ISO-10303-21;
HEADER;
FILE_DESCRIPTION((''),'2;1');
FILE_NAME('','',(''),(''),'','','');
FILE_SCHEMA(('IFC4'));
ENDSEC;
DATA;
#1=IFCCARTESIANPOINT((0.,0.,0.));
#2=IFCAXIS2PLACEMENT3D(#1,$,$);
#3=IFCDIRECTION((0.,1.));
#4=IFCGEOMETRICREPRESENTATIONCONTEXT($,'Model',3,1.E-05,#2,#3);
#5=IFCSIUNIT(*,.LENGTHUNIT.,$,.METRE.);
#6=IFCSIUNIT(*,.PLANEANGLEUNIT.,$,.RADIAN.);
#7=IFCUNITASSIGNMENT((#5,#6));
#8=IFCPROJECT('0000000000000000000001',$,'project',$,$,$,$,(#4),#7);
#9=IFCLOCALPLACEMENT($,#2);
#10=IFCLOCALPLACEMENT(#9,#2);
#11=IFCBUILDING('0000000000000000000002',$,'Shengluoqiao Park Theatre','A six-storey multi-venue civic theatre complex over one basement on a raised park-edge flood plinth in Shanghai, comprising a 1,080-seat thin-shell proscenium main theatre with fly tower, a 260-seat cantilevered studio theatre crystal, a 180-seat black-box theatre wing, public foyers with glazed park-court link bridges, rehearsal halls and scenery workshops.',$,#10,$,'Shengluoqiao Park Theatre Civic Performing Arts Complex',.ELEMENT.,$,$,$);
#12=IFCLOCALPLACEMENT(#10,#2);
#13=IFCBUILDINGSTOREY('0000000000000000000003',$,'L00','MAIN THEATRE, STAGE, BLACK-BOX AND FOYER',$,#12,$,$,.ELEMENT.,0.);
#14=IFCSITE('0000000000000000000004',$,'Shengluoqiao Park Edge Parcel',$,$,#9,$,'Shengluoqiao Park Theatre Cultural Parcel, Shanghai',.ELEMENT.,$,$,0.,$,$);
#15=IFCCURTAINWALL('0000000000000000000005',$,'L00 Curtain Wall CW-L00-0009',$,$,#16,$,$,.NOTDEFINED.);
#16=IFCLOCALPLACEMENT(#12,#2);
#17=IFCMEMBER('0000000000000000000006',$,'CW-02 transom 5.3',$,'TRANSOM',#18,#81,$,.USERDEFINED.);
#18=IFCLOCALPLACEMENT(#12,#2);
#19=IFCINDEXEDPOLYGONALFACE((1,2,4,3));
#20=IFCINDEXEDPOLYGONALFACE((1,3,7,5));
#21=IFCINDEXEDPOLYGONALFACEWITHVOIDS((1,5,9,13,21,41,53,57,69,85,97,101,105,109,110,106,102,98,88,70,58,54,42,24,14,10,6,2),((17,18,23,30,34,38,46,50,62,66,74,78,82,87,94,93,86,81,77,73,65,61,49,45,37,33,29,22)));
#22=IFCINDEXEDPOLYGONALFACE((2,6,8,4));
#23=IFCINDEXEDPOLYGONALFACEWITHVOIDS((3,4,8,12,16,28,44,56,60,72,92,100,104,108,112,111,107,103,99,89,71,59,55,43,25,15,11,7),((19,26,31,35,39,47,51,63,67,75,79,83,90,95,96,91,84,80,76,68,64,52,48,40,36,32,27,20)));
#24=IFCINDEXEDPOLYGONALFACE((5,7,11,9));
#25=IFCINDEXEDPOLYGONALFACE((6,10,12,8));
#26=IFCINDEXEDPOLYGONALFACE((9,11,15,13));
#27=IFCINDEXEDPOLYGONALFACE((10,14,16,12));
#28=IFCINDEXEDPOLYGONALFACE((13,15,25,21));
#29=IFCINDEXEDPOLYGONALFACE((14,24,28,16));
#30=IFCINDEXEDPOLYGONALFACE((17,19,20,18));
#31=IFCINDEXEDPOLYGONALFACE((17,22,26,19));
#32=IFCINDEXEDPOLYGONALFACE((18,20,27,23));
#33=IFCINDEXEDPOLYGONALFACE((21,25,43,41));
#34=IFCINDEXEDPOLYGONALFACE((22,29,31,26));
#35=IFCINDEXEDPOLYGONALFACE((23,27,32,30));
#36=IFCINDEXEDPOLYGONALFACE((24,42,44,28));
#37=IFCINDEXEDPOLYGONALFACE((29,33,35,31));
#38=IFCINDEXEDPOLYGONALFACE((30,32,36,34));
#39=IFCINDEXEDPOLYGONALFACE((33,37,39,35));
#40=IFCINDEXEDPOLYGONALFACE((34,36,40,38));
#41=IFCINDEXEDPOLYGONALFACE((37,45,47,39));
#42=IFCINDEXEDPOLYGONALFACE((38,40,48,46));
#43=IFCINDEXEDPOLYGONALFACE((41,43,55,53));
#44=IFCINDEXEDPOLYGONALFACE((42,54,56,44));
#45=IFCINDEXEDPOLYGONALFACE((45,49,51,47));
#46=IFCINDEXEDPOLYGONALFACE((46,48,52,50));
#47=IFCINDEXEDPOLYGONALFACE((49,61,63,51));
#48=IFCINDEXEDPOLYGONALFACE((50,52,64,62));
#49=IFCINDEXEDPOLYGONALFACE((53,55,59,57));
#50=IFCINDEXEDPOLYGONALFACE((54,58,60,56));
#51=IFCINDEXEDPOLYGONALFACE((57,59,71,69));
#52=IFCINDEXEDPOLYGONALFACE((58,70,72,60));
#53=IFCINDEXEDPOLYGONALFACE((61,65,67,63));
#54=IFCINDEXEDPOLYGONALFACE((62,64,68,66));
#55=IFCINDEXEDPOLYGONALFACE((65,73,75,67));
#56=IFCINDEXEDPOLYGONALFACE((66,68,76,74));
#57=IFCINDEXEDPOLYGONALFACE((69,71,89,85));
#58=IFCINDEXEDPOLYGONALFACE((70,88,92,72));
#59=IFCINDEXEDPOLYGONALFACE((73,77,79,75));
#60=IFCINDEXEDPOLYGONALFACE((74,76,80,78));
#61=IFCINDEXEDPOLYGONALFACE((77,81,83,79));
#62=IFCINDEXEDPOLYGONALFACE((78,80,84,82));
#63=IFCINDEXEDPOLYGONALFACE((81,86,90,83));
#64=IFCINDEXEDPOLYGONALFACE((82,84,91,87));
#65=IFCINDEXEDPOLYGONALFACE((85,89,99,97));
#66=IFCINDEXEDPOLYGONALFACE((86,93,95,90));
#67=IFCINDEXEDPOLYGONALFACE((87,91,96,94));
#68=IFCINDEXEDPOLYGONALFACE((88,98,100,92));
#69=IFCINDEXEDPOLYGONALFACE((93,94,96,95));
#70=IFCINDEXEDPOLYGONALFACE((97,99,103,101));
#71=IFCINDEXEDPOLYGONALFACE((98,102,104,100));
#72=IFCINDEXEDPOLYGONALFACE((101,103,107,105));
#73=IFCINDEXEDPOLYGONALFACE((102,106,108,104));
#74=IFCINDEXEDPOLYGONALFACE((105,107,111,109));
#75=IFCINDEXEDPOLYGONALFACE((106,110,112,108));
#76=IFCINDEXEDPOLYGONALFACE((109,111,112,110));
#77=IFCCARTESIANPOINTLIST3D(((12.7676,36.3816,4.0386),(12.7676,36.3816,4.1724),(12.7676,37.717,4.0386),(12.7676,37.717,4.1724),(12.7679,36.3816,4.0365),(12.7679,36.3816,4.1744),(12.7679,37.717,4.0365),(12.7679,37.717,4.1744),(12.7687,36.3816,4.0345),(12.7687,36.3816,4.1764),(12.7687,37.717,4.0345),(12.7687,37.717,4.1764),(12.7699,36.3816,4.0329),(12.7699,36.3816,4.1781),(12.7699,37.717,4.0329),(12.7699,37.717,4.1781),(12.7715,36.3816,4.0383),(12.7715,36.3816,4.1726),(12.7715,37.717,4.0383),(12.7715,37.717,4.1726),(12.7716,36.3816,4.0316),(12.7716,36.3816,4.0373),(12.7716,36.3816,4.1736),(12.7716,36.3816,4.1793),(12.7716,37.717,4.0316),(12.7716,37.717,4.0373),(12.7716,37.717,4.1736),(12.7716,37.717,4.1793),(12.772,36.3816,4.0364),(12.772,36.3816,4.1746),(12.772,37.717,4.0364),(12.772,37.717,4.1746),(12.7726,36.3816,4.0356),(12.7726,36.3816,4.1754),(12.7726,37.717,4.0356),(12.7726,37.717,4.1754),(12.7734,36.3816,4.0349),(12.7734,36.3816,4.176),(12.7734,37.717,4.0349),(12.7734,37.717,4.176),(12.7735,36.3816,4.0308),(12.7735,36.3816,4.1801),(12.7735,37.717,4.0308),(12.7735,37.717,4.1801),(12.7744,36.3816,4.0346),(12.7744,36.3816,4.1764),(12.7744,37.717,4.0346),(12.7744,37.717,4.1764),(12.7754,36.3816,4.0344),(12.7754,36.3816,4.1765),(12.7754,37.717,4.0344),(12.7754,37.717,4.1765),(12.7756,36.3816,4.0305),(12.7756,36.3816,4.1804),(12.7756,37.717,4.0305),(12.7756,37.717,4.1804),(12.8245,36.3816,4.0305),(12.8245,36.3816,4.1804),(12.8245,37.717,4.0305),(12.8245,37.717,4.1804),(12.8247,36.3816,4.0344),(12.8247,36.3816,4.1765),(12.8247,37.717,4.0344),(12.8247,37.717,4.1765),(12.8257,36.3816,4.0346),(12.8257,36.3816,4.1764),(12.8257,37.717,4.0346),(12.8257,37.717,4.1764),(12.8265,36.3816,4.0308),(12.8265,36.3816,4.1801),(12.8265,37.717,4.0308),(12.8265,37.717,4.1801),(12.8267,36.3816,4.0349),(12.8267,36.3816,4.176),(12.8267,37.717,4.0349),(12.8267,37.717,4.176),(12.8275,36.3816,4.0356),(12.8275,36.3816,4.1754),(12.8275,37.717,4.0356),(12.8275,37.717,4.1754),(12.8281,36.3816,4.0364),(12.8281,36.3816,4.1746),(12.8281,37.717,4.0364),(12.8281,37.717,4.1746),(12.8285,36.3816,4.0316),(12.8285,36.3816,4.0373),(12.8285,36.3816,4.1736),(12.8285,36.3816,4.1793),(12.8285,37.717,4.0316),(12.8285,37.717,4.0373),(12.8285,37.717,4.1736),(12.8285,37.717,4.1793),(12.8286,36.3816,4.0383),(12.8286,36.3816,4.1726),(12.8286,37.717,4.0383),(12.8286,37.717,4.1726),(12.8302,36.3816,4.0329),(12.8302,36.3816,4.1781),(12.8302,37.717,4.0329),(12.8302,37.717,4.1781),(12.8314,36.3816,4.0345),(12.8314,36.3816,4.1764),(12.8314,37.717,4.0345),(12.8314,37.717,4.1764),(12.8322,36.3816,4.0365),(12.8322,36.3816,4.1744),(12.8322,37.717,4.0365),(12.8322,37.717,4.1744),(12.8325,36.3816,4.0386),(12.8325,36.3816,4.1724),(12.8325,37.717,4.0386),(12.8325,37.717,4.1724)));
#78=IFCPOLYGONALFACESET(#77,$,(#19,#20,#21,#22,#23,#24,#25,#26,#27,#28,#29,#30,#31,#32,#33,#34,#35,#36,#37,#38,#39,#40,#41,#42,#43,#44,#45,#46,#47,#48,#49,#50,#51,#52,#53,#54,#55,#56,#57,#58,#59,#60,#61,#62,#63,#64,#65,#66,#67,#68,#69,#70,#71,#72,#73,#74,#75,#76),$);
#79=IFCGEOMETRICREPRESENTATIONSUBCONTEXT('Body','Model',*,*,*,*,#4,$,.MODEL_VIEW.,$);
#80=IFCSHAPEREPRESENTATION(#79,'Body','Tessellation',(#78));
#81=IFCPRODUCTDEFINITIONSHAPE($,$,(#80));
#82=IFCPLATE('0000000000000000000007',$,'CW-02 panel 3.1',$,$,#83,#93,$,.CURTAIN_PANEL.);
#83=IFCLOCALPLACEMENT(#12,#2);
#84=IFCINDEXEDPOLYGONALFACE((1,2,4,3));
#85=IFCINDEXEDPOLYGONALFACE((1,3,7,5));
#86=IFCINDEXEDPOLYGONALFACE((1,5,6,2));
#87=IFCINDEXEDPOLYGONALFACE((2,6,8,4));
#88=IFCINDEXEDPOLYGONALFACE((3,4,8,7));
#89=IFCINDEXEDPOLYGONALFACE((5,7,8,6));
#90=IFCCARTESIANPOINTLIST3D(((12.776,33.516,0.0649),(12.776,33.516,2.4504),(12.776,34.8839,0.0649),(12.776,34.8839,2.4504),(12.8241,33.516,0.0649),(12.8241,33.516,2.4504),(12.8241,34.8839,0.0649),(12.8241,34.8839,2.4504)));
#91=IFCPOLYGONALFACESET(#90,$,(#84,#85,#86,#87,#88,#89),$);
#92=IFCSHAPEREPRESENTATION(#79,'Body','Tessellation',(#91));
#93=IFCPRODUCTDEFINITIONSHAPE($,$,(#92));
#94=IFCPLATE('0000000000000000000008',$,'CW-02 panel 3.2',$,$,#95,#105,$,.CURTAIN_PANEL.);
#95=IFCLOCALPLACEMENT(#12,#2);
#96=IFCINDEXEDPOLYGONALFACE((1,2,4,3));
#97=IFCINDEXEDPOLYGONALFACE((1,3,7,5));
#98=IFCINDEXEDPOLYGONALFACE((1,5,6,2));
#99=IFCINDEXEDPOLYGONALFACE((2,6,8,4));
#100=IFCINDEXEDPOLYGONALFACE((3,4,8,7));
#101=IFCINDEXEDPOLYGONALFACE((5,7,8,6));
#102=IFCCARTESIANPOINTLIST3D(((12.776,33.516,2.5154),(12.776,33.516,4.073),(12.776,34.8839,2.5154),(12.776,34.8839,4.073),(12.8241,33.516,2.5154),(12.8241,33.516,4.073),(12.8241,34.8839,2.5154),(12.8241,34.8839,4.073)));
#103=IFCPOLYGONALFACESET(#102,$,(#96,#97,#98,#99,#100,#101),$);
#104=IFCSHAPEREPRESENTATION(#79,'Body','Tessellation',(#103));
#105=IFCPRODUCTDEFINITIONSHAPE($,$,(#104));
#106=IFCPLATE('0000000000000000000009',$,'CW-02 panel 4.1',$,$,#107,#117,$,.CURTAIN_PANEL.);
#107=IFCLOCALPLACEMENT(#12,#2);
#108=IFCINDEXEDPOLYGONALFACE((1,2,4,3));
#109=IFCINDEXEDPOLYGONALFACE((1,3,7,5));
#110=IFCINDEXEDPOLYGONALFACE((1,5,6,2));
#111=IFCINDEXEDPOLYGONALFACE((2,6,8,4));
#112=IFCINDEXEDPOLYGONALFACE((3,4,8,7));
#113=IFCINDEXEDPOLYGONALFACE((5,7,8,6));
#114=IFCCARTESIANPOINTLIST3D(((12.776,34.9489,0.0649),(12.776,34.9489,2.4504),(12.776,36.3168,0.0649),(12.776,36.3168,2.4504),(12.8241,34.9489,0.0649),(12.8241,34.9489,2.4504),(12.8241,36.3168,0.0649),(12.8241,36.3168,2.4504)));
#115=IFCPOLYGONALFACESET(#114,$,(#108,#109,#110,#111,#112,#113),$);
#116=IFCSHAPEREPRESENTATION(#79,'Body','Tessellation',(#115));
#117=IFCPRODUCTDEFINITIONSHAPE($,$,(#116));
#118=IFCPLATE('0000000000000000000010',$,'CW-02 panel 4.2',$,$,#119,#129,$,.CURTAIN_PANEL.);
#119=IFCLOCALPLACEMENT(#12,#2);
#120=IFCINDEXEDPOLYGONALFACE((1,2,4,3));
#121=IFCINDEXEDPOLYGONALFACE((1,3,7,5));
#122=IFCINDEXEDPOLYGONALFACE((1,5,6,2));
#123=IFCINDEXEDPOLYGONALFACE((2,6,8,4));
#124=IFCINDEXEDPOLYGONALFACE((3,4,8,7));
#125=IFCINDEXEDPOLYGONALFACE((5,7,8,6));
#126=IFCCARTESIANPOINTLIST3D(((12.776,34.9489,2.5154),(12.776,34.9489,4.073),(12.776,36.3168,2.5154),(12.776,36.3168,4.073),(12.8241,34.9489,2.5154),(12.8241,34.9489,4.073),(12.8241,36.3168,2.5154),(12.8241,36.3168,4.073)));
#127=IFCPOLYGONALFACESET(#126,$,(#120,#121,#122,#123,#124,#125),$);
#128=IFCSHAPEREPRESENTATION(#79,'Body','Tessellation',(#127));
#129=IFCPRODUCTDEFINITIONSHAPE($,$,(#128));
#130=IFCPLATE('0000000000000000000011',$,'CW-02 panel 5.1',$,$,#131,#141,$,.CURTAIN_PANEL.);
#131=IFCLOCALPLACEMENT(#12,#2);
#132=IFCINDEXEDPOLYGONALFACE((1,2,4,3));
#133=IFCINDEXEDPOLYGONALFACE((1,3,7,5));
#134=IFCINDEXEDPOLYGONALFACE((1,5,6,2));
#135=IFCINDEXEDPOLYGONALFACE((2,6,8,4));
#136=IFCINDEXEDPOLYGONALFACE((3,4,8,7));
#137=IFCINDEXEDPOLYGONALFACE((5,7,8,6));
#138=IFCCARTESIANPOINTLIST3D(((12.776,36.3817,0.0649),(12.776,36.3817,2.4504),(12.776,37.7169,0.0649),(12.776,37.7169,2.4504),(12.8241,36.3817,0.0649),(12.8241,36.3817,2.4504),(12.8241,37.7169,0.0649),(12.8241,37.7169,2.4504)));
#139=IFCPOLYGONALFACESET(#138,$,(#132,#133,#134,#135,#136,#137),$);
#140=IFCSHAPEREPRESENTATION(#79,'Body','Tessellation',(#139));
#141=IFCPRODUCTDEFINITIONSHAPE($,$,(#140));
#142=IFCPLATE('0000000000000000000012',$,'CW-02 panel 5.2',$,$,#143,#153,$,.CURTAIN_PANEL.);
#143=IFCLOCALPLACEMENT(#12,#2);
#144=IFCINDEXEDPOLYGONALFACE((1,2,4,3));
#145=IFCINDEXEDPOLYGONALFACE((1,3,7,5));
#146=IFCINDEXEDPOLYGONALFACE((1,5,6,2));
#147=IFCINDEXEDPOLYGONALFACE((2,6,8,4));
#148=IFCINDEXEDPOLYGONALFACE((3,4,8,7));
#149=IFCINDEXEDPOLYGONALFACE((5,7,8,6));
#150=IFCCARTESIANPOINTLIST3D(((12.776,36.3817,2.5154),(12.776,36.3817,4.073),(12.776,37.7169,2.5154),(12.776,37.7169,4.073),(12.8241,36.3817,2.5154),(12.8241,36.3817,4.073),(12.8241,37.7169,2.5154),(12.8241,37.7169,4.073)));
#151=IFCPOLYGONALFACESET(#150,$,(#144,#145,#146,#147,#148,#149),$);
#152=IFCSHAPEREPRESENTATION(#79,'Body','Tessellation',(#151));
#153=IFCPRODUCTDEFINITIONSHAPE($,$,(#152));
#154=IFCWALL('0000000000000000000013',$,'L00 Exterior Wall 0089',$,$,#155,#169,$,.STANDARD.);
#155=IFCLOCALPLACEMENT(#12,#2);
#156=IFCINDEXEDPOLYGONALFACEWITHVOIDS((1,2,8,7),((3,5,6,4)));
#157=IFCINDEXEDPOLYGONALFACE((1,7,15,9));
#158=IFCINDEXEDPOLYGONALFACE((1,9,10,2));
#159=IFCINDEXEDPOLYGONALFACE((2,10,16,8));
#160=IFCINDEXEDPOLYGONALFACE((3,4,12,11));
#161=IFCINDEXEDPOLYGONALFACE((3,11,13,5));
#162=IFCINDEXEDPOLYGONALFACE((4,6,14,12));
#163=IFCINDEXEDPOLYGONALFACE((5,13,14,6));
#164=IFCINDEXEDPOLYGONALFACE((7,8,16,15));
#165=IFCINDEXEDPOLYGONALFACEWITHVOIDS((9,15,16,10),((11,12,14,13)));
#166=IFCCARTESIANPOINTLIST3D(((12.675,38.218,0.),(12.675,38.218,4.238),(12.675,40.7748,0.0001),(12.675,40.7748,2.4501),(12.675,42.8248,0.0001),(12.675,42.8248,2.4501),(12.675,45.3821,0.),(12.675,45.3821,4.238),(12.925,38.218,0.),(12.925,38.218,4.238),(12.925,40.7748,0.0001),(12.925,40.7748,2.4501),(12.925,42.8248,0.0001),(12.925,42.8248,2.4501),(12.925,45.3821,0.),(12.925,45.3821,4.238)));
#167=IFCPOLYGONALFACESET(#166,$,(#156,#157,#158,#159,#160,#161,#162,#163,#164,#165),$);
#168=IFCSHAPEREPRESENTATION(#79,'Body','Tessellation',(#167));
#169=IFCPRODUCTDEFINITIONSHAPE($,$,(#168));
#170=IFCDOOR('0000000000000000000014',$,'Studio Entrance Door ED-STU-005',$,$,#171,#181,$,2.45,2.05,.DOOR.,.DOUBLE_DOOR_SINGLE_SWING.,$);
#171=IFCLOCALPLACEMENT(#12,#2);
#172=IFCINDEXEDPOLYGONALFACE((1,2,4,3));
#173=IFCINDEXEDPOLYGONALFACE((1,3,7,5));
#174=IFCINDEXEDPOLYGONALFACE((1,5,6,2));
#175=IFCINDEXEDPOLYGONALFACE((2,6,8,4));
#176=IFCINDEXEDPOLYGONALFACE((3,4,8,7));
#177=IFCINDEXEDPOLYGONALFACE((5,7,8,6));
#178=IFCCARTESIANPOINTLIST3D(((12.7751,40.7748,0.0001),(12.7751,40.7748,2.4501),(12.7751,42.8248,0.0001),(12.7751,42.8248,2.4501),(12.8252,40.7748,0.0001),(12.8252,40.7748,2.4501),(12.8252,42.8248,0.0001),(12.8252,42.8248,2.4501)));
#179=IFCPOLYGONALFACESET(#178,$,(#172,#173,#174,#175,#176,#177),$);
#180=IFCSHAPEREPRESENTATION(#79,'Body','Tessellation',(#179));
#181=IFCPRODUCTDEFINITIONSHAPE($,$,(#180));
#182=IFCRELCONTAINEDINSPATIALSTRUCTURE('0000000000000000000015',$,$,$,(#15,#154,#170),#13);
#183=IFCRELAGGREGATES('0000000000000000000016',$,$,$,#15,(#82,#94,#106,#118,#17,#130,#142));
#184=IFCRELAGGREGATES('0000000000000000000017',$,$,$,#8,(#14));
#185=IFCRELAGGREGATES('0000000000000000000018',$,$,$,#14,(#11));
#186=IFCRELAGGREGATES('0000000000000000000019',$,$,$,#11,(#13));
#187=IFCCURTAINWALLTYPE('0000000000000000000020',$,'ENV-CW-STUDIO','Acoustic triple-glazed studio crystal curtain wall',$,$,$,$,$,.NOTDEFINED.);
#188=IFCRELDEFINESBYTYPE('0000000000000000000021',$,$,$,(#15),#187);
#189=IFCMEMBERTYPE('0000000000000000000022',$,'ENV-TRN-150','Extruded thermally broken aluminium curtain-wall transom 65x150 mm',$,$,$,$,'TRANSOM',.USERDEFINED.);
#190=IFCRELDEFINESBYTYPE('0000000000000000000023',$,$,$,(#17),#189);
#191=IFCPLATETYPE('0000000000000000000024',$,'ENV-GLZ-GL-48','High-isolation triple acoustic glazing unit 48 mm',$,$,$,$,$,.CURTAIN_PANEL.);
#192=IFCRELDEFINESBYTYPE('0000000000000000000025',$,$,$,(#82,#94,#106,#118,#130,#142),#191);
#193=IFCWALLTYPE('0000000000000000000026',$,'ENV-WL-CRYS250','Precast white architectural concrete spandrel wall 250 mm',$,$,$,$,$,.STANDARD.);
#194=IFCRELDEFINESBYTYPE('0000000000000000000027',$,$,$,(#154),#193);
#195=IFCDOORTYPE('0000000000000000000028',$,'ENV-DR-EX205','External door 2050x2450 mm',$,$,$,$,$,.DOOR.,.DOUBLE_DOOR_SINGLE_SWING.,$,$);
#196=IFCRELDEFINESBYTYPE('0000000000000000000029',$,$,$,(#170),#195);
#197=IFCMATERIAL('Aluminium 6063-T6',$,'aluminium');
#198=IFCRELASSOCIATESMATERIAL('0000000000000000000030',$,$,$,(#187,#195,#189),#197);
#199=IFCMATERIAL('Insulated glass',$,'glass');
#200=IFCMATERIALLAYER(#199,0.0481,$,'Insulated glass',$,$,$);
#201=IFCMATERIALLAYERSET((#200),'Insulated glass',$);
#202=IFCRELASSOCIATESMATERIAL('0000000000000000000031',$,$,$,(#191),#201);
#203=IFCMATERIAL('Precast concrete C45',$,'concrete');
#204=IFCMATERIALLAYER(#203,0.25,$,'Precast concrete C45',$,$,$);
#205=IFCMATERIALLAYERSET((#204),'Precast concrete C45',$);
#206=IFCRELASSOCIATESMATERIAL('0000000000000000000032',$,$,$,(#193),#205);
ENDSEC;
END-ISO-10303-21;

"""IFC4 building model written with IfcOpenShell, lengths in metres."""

from ifc_helpers import new_model, si_unit, direction, frame, frame_2d, origin, origin_2d, place, context, subcontext, project, spatial, rectangle, hollow_rectangle, extrude, material, layer, layer_set, material_profile, profile_set, type_object, element, fill, aggregate, save


model = new_model("IFC4")

# Units and contexts
model_context = context("Model", 3, precision=1e-05, world=origin(), true_north=direction((0.0, 1.0)))
body_context = subcontext(model_context, "Body", "Model", "MODEL_VIEW")
ifc_project = project(units=[si_unit("LENGTHUNIT", "METRE"), si_unit("PLANEANGLEUNIT", "RADIAN")], contexts=[model_context])

# Site, building, storey
site_placement = place(None, origin())
site = spatial("IfcSite", under=ifc_project, at=site_placement, Name="Shengluoqiao Park Edge Parcel", LongName="Shengluoqiao Park Theatre Cultural Parcel, Shanghai", CompositionType="ELEMENT", RefElevation=0.0)
building_placement = place(site_placement, origin())
building = spatial("IfcBuilding", under=site, at=building_placement, Name="Shengluoqiao Park Theatre", Description="A six-storey multi-venue civic theatre complex over one basement on a raised park-edge flood plinth in Shanghai, comprising a 1,080-seat thin-shell proscenium main theatre with fly tower, a 260-seat cantilevered studio theatre crystal, a 180-seat black-box theatre wing, public foyers with glazed park-court link bridges, rehearsal halls and scenery workshops.", LongName="Shengluoqiao Park Theatre Civic Performing Arts Complex", CompositionType="ELEMENT")
storey_placement = place(building_placement, origin())
storey = spatial("IfcBuildingStorey", under=building, at=storey_placement, Name="L00", Description="MAIN THEATRE, STAGE, BLACK-BOX AND FOYER", CompositionType="ELEMENT", Elevation=0.0)

# Curtain wall, member, plates
ifc_material_1 = material(Name="Aluminium 6063-T6", Category="aluminium")
curtain_wall_type = type_object("IfcCurtainWallType", Name="ENV-CW-STUDIO", Description="Acoustic triple-glazed studio crystal curtain wall", PredefinedType="NOTDEFINED", material=ifc_material_1)
curtain_wall_placement = place(storey_placement, origin())
curtain_wall = element("IfcCurtainWall", 1, at=curtain_wall_placement, inside=storey, type_object=curtain_wall_type, Name="L00 Curtain Wall CW-L00-0009", PredefinedType="NOTDEFINED")
ifc_material_profile_1 = material_profile(ifc_material_1, hollow_rectangle(XDim=0.0649, YDim=0.1499, WallThickness=0.0039, InnerFilletRadius=0.0039, OuterFilletRadius=0.0081, at=origin_2d()), Name="ALU TRANSOM 150x65x4")
ifc_profile_set_1 = profile_set([ifc_material_profile_1], Name="Aluminium 6063-T6")
member_type_1 = type_object("IfcMemberType", Name="ENV-TRN-150", Description="Extruded thermally broken aluminium curtain-wall transom 65x150 mm", ElementType="TRANSOM", PredefinedType="USERDEFINED", material=ifc_profile_set_1)
member_1_placement = place(storey_placement, frame((12.8, 36.3816, 4.1055), z_axis=(0.0, 1.0, 0.0), x_axis=(-1.0, 0.0, 0.0)))
member_1 = element("IfcMember", 2, at=member_1_placement, type_object=member_type_1, Name="CW-02 transom 5.3", ObjectType="TRANSOM", PredefinedType="USERDEFINED", context=body_context, shape_type="SweptSolid", body=[
    extrude(hollow_rectangle(XDim=0.0649, YDim=0.1499, WallThickness=0.0039, InnerFilletRadius=0.0039, OuterFilletRadius=0.0081, at=origin_2d()), origin(), (0.0, 0.0, 1.0), 1.3354),
])
ifc_material_2 = material(Name="Insulated glass", Category="glass")
ifc_layer_1 = layer(ifc_material_2, 0.0481, Name="Insulated glass")
ifc_layer_set_1 = layer_set([ifc_layer_1], Name="Insulated glass")
plate_type = type_object("IfcPlateType", Name="ENV-GLZ-GL-48", Description="High-isolation triple acoustic glazing unit 48 mm", PredefinedType="CURTAIN_PANEL", material=ifc_layer_set_1)
plate_1_placement = place(storey_placement, frame((12.8, 34.2, 0.0649), z_axis=(0.0, 0.0, 1.0), x_axis=(0.0, 1.0, 0.0)))
plate_1 = element("IfcPlate", 3, at=plate_1_placement, type_object=plate_type, Name="CW-02 panel 3.1", PredefinedType="CURTAIN_PANEL", context=body_context, shape_type="SweptSolid", body=[
    extrude(rectangle(XDim=1.3679, YDim=0.0481, at=origin_2d()), origin(), (0.0, 0.0, 1.0), 2.3855),
])
plate_2_placement = place(storey_placement, frame((12.8, 34.2, 2.5154), z_axis=(0.0, 0.0, 1.0), x_axis=(0.0, 1.0, 0.0)))
plate_2 = element("IfcPlate", 4, at=plate_2_placement, type_object=plate_type, Name="CW-02 panel 3.2", PredefinedType="CURTAIN_PANEL", context=body_context, shape_type="SweptSolid", body=[
    extrude(rectangle(XDim=1.3679, YDim=0.0481, at=origin_2d()), origin(), (0.0, 0.0, 1.0), 1.5576),
])
plate_3_placement = place(storey_placement, frame((12.8, 35.6328, 0.0649), z_axis=(0.0, 0.0, 1.0), x_axis=(0.0, 1.0, 0.0)))
plate_3 = element("IfcPlate", 5, at=plate_3_placement, type_object=plate_type, Name="CW-02 panel 4.1", PredefinedType="CURTAIN_PANEL", context=body_context, shape_type="SweptSolid", body=[
    extrude(rectangle(XDim=1.3679, YDim=0.0481, at=origin_2d()), origin(), (0.0, 0.0, 1.0), 2.3855),
])
plate_4_placement = place(storey_placement, frame((12.8, 35.6328, 2.5154), z_axis=(0.0, 0.0, 1.0), x_axis=(0.0, 1.0, 0.0)))
plate_4 = element("IfcPlate", 6, at=plate_4_placement, type_object=plate_type, Name="CW-02 panel 4.2", PredefinedType="CURTAIN_PANEL", context=body_context, shape_type="SweptSolid", body=[
    extrude(rectangle(XDim=1.3679, YDim=0.0481, at=origin_2d()), origin(), (0.0, 0.0, 1.0), 1.5576),
])
plate_5_placement = place(storey_placement, frame((12.8, 37.0493, 0.0649), z_axis=(0.0, 0.0, 1.0), x_axis=(0.0, 1.0, 0.0)))
plate_5 = element("IfcPlate", 7, at=plate_5_placement, type_object=plate_type, Name="CW-02 panel 5.1", PredefinedType="CURTAIN_PANEL", context=body_context, shape_type="SweptSolid", body=[
    extrude(rectangle(XDim=1.3352, YDim=0.0481, at=origin_2d()), origin(), (0.0, 0.0, 1.0), 2.3855),
])
plate_6_placement = place(storey_placement, frame((12.8, 37.0493, 2.5154), z_axis=(0.0, 0.0, 1.0), x_axis=(0.0, 1.0, 0.0)))
plate_6 = element("IfcPlate", 8, at=plate_6_placement, type_object=plate_type, Name="CW-02 panel 5.2", PredefinedType="CURTAIN_PANEL", context=body_context, shape_type="SweptSolid", body=[
    extrude(rectangle(XDim=1.3352, YDim=0.0481, at=origin_2d()), origin(), (0.0, 0.0, 1.0), 1.5576),
])
aggregate(curtain_wall, [plate_1, plate_2, plate_3, plate_4, member_1, plate_5, plate_6])

# Wall, opening, door
ifc_material_3 = material(Name="Precast concrete C45", Category="concrete")
ifc_layer_2 = layer(ifc_material_3, 0.25, Name="Precast concrete C45")
ifc_layer_set_2 = layer_set([ifc_layer_2], Name="Precast concrete C45")
wall_type = type_object("IfcWallType", Name="ENV-WL-CRYS250", Description="Precast white architectural concrete spandrel wall 250 mm", PredefinedType="STANDARD", material=ifc_layer_set_2)
wall_placement = place(storey_placement, frame((12.8, 38.218, 0.0), z_axis=(0.0, 0.0, 1.0), x_axis=(0.0, 1.0, 0.0)))
wall = element("IfcWall", 9, at=wall_placement, inside=storey, type_object=wall_type, Name="L00 Exterior Wall 0089", PredefinedType="STANDARD", context=body_context, shape_type="SweptSolid", body=[
    extrude(rectangle(XDim=7.1641, YDim=0.25, at=frame_2d((3.582, 0.0))), origin(), (0.0, 0.0, 1.0), 4.238),
])
opening_placement = place(wall_placement, frame((2.5569, 0.0, 0.0)))
opening = element("IfcOpeningElement", 10, at=opening_placement, cuts=wall, PredefinedType="OPENING", context=body_context, shape_type="SweptSolid", body=[
    extrude(rectangle(XDim=2.05, YDim=2.45, at=frame_2d((1.0249, 1.2251))), frame((0.0, 0.135, 0.0), z_axis=(0.0, -1.0, 0.0), x_axis=(1.0, 0.0, 0.0)), (0.0, 0.0, 1.0), 0.27),
])
door_type = type_object("IfcDoorType", Name="ENV-DR-EX205", Description="External door 2050x2450 mm", OperationType="DOUBLE_DOOR_SINGLE_SWING", PredefinedType="DOOR", material=ifc_material_1)
door_placement = place(opening_placement, origin())
door = element("IfcDoor", 11, at=door_placement, inside=storey, type_object=door_type, Name="Studio Entrance Door ED-STU-005", OperationType="DOUBLE_DOOR_SINGLE_SWING", OverallHeight=2.45, OverallWidth=2.05, PredefinedType="DOOR", context=body_context, shape_type="SweptSolid", body=[
    extrude(rectangle(XDim=2.05, YDim=2.45, at=frame_2d((1.0249, 1.2251))), frame((0.0, 0.0249, 0.0), z_axis=(0.0, -1.0, 0.0), x_axis=(1.0, 0.0, 0.0)), (0.0, 0.0, 1.0), 0.05),
])
fill(opening, door)

save(model, "model.ifc")
